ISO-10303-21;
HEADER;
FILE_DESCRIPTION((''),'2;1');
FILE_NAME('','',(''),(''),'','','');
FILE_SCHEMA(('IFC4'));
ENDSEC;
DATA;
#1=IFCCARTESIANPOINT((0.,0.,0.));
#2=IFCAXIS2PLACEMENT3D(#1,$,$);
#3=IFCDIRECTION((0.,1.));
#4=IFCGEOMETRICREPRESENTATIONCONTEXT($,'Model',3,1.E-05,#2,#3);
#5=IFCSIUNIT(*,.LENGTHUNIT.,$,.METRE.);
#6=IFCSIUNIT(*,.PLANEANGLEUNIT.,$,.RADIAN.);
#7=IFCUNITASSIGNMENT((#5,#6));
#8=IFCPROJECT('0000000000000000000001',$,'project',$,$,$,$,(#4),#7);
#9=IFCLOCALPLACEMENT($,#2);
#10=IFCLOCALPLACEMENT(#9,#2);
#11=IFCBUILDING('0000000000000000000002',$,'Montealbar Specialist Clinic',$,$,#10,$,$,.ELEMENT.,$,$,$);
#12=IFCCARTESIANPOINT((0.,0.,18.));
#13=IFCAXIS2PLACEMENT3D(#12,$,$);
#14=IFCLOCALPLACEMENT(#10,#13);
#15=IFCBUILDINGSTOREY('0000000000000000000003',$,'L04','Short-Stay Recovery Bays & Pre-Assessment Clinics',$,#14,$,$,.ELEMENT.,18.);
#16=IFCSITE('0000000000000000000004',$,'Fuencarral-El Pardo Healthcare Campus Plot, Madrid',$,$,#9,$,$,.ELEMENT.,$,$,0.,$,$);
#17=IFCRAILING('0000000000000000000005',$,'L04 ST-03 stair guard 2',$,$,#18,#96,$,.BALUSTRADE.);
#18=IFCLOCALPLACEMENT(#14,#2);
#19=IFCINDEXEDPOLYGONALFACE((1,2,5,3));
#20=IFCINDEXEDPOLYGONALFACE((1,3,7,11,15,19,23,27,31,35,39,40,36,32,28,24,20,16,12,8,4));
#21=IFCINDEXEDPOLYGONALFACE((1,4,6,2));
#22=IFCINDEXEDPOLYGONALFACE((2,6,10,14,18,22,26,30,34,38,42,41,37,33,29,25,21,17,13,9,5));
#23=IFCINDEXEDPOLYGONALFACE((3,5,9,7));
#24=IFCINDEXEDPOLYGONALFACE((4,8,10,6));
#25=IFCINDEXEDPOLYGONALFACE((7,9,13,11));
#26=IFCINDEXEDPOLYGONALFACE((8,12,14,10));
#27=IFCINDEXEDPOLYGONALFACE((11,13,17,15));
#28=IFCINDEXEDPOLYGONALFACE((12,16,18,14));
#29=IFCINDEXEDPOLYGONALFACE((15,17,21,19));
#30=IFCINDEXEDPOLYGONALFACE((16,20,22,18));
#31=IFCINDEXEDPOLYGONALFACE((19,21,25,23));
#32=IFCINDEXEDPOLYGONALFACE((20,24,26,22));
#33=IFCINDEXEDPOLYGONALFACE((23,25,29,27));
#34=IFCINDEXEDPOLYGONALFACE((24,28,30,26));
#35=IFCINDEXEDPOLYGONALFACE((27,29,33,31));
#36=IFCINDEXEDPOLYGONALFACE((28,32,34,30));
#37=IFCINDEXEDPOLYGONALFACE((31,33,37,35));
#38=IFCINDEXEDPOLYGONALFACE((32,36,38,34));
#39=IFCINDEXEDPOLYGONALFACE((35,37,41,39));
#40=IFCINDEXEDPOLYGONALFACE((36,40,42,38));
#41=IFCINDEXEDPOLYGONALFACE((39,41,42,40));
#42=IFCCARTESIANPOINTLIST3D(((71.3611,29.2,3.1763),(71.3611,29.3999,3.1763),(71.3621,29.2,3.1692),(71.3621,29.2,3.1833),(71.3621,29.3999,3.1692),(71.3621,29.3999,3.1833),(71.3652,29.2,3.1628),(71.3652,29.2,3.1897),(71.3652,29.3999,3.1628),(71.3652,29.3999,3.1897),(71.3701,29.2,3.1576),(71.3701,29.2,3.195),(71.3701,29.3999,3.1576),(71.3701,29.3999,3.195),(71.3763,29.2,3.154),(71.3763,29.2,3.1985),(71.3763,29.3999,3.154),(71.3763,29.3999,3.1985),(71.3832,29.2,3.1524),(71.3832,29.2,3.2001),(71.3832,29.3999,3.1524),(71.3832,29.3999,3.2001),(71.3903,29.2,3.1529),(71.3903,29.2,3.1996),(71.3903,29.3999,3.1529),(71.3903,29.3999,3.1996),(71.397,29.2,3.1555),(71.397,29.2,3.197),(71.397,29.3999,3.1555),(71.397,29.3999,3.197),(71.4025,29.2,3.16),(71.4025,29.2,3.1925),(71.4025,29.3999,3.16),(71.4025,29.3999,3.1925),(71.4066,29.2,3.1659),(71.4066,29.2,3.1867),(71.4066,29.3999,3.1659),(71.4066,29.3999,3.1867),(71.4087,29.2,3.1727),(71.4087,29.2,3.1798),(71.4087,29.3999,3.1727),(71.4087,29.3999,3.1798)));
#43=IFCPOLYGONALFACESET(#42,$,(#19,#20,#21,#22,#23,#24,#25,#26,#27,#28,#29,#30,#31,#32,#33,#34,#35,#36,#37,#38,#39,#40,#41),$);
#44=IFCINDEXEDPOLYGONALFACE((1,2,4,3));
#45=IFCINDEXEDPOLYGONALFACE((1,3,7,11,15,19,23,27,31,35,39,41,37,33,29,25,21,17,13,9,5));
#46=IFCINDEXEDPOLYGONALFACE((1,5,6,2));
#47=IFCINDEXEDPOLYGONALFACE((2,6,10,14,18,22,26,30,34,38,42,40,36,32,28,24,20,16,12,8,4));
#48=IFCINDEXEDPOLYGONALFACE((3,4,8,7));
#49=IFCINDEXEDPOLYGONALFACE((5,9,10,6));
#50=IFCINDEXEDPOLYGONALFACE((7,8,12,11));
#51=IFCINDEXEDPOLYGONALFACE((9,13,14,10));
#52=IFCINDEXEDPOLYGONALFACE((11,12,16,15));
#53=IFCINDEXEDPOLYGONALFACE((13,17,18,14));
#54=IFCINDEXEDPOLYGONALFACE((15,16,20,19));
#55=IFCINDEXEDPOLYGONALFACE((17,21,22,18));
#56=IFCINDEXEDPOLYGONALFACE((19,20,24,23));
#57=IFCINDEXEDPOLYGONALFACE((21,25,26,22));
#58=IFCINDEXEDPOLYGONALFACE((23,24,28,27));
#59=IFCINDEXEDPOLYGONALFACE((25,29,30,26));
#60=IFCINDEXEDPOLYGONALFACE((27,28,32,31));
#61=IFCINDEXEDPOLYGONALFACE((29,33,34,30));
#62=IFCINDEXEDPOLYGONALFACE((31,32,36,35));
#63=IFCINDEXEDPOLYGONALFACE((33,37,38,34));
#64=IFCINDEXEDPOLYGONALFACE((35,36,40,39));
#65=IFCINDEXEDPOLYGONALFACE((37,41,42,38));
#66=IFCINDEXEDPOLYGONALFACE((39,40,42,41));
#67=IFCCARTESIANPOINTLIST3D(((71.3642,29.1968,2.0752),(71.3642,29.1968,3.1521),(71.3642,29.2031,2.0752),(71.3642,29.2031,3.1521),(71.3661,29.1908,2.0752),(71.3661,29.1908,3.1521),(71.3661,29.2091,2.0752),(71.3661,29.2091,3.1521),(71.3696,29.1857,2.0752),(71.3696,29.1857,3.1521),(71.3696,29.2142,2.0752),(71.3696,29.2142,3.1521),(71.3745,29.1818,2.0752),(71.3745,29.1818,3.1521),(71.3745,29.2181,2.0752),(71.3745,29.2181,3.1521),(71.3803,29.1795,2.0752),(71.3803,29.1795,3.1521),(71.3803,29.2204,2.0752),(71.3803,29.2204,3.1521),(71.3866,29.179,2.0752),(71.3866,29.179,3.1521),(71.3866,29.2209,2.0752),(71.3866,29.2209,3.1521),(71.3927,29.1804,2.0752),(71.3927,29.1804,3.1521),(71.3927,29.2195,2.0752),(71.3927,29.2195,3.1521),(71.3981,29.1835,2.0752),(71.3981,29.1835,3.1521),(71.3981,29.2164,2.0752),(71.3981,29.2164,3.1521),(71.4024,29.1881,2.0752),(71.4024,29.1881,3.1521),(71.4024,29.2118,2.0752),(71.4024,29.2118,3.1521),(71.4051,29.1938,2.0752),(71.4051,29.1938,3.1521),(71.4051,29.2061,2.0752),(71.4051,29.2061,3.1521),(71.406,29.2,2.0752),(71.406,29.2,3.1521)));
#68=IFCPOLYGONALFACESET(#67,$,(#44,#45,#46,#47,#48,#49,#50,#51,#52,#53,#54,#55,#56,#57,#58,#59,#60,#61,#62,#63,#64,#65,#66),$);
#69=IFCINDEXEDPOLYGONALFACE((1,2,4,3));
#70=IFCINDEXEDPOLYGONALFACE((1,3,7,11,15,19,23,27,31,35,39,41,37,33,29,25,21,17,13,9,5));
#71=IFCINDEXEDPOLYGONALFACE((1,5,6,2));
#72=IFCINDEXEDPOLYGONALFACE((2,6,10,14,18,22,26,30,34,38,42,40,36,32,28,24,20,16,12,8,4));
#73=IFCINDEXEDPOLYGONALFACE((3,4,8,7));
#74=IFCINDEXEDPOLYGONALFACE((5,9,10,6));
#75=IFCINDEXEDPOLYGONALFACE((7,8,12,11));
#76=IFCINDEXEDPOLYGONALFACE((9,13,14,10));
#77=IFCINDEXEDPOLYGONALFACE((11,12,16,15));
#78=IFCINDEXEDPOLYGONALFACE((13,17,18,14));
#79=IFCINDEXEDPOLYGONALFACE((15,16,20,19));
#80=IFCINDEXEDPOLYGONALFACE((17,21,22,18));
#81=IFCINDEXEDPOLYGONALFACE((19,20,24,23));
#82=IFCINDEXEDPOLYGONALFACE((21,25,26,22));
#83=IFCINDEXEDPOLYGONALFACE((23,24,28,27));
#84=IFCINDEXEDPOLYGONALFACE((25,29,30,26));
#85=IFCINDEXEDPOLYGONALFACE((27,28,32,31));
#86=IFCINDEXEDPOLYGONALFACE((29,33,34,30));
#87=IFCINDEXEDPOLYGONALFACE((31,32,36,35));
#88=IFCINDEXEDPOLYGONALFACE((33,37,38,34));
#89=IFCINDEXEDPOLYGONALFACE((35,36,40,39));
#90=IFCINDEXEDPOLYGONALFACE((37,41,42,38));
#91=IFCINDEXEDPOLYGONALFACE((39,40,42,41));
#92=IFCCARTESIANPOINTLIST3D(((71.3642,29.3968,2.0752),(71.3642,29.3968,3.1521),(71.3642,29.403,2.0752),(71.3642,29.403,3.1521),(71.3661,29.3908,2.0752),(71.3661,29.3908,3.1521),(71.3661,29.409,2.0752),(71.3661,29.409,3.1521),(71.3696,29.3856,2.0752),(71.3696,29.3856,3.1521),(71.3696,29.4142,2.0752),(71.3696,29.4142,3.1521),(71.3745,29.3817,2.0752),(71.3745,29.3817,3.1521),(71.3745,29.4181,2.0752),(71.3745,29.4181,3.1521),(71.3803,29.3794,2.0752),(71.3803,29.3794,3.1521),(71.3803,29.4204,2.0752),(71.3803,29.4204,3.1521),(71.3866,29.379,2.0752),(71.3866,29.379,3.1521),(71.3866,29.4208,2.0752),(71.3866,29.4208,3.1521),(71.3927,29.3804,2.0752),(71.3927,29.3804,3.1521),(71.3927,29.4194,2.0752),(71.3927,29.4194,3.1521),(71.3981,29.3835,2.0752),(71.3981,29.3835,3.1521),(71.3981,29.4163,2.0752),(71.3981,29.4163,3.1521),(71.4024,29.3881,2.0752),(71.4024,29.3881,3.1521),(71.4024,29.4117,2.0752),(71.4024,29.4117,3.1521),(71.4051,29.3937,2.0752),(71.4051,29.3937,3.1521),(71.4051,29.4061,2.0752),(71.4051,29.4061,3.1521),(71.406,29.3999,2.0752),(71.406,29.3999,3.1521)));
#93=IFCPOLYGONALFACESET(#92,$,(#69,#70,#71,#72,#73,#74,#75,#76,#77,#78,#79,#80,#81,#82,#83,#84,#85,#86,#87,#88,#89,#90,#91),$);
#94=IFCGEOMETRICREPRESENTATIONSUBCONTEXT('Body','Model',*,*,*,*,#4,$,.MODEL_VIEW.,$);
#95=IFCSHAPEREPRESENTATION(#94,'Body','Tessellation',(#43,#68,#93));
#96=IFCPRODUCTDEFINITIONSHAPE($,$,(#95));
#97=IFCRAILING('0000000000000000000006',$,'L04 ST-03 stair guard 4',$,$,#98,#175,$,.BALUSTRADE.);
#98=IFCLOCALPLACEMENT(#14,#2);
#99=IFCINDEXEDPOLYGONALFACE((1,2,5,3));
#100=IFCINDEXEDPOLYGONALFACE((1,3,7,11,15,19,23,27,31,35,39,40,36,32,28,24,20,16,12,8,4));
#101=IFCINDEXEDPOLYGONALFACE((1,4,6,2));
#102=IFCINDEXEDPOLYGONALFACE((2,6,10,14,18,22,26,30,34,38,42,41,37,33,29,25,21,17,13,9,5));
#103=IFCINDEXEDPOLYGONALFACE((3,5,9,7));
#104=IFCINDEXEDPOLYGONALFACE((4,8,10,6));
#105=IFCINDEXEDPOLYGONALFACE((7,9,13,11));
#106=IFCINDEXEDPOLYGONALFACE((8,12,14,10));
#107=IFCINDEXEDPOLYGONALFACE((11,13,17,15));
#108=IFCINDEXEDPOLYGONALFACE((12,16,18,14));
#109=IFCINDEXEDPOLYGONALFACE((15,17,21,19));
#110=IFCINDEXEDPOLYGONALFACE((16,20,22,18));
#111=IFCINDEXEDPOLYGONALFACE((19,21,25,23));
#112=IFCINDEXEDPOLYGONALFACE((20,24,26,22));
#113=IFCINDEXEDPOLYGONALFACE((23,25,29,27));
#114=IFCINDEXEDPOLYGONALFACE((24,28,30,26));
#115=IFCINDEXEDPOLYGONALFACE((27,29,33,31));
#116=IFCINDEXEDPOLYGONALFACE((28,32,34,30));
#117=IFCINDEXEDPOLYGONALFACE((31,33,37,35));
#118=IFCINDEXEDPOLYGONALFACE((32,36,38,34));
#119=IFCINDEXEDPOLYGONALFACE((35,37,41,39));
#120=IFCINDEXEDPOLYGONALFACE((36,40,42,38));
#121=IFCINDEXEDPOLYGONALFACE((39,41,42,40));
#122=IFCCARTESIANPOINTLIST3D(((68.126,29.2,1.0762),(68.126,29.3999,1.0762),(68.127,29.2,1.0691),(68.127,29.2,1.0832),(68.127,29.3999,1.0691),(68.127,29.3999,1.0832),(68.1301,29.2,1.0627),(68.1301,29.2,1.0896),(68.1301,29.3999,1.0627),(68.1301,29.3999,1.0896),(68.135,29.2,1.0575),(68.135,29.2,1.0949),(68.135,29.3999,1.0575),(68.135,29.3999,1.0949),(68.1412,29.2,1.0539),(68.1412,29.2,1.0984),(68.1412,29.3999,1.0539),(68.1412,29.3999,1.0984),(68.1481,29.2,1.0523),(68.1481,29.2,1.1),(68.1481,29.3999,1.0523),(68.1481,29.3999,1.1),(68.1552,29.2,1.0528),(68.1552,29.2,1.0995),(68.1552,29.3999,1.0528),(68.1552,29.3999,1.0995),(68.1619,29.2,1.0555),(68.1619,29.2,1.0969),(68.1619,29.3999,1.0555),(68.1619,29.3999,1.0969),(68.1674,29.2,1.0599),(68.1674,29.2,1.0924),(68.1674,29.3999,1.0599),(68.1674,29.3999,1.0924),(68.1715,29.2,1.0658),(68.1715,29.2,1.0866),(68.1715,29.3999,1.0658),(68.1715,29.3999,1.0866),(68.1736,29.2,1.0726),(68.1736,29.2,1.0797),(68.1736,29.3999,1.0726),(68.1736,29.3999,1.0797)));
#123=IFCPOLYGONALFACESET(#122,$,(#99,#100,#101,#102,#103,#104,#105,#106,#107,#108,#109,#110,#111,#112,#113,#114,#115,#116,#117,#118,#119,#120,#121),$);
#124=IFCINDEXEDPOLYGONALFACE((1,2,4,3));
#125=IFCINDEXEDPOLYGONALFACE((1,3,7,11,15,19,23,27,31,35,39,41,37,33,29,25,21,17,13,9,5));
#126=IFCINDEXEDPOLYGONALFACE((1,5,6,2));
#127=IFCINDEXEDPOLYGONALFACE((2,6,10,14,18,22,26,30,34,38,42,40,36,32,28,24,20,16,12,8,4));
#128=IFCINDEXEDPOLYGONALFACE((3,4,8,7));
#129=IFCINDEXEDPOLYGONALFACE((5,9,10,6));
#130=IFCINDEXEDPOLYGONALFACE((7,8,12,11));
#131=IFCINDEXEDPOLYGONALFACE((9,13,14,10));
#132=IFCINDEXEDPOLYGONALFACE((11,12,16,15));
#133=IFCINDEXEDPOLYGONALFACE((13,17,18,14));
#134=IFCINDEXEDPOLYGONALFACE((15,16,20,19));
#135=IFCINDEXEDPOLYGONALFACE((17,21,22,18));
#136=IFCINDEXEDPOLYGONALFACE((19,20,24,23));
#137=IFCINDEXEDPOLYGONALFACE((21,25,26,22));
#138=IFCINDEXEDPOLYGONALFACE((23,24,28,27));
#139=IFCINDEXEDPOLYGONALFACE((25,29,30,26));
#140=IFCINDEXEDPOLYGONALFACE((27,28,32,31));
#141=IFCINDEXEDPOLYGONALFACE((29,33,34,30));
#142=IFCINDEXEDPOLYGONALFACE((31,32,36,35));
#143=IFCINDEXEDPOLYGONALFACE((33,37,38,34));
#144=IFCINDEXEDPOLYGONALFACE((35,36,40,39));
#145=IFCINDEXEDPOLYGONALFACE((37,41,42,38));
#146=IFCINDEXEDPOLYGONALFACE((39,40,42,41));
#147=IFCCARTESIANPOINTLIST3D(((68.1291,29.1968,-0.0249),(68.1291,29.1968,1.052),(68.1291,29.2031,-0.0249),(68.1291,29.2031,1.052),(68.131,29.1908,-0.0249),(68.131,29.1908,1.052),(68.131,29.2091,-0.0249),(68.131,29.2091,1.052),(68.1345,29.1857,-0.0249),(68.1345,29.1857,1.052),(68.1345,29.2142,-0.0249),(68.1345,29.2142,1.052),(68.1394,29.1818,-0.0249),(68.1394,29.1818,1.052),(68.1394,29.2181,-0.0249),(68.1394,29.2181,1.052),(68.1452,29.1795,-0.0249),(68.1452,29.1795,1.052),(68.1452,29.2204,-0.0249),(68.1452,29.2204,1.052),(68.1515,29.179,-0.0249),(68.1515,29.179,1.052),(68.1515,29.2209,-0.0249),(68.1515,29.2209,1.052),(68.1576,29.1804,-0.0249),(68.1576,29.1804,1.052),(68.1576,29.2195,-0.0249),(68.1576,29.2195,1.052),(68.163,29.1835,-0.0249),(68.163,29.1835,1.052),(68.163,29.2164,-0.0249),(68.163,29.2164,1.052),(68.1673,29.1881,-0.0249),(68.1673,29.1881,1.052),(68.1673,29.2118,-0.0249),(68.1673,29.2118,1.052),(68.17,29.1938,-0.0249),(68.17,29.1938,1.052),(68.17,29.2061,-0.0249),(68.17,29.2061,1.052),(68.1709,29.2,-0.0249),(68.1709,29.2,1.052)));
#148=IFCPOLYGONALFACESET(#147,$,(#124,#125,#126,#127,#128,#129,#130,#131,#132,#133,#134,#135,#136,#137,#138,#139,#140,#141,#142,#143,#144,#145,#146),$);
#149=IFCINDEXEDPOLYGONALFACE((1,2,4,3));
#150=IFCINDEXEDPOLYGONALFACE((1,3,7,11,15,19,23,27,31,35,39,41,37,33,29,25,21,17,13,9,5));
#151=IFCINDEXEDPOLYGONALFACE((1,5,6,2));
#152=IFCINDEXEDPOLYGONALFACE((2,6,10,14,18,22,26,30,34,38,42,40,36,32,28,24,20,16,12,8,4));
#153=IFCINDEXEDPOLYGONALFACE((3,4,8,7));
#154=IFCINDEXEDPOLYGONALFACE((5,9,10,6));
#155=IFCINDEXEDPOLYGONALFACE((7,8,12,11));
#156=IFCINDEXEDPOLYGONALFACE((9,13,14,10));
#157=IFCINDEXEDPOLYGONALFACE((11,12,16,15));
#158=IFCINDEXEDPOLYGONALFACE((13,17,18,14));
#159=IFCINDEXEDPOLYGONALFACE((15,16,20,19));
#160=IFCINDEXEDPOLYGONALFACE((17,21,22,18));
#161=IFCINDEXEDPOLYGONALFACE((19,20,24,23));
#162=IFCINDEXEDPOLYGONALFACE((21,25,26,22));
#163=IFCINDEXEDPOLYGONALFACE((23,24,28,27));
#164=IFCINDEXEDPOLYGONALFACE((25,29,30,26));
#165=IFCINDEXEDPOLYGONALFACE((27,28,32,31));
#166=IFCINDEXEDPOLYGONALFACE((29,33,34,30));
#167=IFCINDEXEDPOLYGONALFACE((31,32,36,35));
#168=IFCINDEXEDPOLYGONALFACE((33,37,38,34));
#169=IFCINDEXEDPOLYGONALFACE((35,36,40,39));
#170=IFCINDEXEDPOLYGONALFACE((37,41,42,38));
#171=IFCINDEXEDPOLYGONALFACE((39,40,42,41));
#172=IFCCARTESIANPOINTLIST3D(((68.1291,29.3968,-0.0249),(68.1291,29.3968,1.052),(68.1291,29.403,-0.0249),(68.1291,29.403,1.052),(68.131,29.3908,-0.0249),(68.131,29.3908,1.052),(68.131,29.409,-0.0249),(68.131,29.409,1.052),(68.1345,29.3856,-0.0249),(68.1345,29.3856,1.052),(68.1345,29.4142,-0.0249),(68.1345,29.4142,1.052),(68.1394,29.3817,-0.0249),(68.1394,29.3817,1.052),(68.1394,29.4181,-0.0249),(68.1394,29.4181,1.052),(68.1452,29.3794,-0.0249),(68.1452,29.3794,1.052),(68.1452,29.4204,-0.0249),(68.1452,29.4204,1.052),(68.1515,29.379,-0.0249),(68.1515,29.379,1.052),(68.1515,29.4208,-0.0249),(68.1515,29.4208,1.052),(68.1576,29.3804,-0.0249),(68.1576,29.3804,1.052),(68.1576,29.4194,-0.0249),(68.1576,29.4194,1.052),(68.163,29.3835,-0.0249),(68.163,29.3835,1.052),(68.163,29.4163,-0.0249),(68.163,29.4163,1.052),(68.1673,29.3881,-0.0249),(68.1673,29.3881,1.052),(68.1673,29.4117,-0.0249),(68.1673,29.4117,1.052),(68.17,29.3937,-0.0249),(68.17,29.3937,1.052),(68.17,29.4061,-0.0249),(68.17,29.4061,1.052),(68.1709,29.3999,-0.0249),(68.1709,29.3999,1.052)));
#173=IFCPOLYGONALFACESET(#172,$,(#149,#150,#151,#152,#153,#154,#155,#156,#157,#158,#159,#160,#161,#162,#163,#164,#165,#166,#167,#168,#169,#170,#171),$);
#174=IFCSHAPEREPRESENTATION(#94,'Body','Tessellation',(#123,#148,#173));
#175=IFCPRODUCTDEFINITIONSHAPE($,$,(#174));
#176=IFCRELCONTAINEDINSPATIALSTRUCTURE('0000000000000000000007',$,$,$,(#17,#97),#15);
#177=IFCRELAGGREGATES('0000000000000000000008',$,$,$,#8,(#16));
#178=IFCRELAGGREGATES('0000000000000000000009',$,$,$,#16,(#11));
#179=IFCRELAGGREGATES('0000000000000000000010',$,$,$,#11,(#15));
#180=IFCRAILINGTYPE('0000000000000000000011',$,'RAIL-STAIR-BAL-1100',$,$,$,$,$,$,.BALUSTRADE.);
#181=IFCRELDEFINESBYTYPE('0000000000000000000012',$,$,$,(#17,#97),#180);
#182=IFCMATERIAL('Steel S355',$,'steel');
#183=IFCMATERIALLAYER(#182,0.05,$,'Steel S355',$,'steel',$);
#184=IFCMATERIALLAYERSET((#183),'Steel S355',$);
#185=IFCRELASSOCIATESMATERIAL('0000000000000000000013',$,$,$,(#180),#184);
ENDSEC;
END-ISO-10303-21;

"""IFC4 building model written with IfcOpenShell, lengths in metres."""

from ifc_helpers import new_model, si_unit, direction, frame, origin, origin_2d, place, context, subcontext, project, spatial, circle, extrude, material, layer, layer_set, type_object, element, save


model = new_model("IFC4")

# Units and contexts
model_context = context("Model", 3, precision=1e-05, world=origin(), true_north=direction((0.0, 1.0)))
body_context = subcontext(model_context, "Body", "Model", "MODEL_VIEW")
ifc_project = project(units=[si_unit("LENGTHUNIT", "METRE"), si_unit("PLANEANGLEUNIT", "RADIAN")], contexts=[model_context])

# Site, building, storey
site_placement = place(None, origin())
site = spatial("IfcSite", under=ifc_project, at=site_placement, Name="Fuencarral-El Pardo Healthcare Campus Plot, Madrid", CompositionType="ELEMENT", RefElevation=0.0)
building_placement = place(site_placement, origin())
building = spatial("IfcBuilding", under=site, at=building_placement, Name="Montealbar Specialist Clinic", CompositionType="ELEMENT")
storey_placement = place(building_placement, frame((0.0, 0.0, 18.0)))
storey = spatial("IfcBuildingStorey", under=building, at=storey_placement, Name="L04", Description="Short-Stay Recovery Bays & Pre-Assessment Clinics", CompositionType="ELEMENT", Elevation=18.0)

# Shared definitions
ifc_material_1 = material(Name="Steel S355", Category="steel")

# Railings
ifc_layer_1 = layer(ifc_material_1, 0.05, Name="Steel S355", Category="steel")
ifc_layer_set_1 = layer_set([ifc_layer_1], Name="Steel S355")
railing_type_1 = type_object("IfcRailingType", Name="RAIL-STAIR-BAL-1100", PredefinedType="BALUSTRADE", material=ifc_layer_set_1)
for number, where, name in (
    (1, (71.385, 29.2, 2.1001), "L04 ST-03 stair guard 2"),
    (2, (68.1499, 29.2, 0.0), "L04 ST-03 stair guard 4"),
):
    element("IfcRailing", number, at=place(storey_placement, frame(where)), inside=storey, type_object=railing_type_1, Name=name, PredefinedType="BALUSTRADE", context=body_context, shape_type="SweptSolid", body=[
        extrude(circle(Radius=0.0239, at=origin_2d()), frame((0.0, 0.0, 1.0762), z_axis=(0.0, 1.0, 0.0), x_axis=(-1.0, 0.0, 0.0)), (0.0, 0.0, 1.0), 0.2),
        extrude(circle(Radius=0.021, at=origin_2d()), frame((0.0, 0.0, -0.0249)), (0.0, 0.0, 1.0), 1.0769),
        extrude(circle(Radius=0.021, at=origin_2d()), frame((0.0, 0.2, -0.0249)), (0.0, 0.0, 1.0), 1.0769),
    ])

save(model, "model.ifc")
